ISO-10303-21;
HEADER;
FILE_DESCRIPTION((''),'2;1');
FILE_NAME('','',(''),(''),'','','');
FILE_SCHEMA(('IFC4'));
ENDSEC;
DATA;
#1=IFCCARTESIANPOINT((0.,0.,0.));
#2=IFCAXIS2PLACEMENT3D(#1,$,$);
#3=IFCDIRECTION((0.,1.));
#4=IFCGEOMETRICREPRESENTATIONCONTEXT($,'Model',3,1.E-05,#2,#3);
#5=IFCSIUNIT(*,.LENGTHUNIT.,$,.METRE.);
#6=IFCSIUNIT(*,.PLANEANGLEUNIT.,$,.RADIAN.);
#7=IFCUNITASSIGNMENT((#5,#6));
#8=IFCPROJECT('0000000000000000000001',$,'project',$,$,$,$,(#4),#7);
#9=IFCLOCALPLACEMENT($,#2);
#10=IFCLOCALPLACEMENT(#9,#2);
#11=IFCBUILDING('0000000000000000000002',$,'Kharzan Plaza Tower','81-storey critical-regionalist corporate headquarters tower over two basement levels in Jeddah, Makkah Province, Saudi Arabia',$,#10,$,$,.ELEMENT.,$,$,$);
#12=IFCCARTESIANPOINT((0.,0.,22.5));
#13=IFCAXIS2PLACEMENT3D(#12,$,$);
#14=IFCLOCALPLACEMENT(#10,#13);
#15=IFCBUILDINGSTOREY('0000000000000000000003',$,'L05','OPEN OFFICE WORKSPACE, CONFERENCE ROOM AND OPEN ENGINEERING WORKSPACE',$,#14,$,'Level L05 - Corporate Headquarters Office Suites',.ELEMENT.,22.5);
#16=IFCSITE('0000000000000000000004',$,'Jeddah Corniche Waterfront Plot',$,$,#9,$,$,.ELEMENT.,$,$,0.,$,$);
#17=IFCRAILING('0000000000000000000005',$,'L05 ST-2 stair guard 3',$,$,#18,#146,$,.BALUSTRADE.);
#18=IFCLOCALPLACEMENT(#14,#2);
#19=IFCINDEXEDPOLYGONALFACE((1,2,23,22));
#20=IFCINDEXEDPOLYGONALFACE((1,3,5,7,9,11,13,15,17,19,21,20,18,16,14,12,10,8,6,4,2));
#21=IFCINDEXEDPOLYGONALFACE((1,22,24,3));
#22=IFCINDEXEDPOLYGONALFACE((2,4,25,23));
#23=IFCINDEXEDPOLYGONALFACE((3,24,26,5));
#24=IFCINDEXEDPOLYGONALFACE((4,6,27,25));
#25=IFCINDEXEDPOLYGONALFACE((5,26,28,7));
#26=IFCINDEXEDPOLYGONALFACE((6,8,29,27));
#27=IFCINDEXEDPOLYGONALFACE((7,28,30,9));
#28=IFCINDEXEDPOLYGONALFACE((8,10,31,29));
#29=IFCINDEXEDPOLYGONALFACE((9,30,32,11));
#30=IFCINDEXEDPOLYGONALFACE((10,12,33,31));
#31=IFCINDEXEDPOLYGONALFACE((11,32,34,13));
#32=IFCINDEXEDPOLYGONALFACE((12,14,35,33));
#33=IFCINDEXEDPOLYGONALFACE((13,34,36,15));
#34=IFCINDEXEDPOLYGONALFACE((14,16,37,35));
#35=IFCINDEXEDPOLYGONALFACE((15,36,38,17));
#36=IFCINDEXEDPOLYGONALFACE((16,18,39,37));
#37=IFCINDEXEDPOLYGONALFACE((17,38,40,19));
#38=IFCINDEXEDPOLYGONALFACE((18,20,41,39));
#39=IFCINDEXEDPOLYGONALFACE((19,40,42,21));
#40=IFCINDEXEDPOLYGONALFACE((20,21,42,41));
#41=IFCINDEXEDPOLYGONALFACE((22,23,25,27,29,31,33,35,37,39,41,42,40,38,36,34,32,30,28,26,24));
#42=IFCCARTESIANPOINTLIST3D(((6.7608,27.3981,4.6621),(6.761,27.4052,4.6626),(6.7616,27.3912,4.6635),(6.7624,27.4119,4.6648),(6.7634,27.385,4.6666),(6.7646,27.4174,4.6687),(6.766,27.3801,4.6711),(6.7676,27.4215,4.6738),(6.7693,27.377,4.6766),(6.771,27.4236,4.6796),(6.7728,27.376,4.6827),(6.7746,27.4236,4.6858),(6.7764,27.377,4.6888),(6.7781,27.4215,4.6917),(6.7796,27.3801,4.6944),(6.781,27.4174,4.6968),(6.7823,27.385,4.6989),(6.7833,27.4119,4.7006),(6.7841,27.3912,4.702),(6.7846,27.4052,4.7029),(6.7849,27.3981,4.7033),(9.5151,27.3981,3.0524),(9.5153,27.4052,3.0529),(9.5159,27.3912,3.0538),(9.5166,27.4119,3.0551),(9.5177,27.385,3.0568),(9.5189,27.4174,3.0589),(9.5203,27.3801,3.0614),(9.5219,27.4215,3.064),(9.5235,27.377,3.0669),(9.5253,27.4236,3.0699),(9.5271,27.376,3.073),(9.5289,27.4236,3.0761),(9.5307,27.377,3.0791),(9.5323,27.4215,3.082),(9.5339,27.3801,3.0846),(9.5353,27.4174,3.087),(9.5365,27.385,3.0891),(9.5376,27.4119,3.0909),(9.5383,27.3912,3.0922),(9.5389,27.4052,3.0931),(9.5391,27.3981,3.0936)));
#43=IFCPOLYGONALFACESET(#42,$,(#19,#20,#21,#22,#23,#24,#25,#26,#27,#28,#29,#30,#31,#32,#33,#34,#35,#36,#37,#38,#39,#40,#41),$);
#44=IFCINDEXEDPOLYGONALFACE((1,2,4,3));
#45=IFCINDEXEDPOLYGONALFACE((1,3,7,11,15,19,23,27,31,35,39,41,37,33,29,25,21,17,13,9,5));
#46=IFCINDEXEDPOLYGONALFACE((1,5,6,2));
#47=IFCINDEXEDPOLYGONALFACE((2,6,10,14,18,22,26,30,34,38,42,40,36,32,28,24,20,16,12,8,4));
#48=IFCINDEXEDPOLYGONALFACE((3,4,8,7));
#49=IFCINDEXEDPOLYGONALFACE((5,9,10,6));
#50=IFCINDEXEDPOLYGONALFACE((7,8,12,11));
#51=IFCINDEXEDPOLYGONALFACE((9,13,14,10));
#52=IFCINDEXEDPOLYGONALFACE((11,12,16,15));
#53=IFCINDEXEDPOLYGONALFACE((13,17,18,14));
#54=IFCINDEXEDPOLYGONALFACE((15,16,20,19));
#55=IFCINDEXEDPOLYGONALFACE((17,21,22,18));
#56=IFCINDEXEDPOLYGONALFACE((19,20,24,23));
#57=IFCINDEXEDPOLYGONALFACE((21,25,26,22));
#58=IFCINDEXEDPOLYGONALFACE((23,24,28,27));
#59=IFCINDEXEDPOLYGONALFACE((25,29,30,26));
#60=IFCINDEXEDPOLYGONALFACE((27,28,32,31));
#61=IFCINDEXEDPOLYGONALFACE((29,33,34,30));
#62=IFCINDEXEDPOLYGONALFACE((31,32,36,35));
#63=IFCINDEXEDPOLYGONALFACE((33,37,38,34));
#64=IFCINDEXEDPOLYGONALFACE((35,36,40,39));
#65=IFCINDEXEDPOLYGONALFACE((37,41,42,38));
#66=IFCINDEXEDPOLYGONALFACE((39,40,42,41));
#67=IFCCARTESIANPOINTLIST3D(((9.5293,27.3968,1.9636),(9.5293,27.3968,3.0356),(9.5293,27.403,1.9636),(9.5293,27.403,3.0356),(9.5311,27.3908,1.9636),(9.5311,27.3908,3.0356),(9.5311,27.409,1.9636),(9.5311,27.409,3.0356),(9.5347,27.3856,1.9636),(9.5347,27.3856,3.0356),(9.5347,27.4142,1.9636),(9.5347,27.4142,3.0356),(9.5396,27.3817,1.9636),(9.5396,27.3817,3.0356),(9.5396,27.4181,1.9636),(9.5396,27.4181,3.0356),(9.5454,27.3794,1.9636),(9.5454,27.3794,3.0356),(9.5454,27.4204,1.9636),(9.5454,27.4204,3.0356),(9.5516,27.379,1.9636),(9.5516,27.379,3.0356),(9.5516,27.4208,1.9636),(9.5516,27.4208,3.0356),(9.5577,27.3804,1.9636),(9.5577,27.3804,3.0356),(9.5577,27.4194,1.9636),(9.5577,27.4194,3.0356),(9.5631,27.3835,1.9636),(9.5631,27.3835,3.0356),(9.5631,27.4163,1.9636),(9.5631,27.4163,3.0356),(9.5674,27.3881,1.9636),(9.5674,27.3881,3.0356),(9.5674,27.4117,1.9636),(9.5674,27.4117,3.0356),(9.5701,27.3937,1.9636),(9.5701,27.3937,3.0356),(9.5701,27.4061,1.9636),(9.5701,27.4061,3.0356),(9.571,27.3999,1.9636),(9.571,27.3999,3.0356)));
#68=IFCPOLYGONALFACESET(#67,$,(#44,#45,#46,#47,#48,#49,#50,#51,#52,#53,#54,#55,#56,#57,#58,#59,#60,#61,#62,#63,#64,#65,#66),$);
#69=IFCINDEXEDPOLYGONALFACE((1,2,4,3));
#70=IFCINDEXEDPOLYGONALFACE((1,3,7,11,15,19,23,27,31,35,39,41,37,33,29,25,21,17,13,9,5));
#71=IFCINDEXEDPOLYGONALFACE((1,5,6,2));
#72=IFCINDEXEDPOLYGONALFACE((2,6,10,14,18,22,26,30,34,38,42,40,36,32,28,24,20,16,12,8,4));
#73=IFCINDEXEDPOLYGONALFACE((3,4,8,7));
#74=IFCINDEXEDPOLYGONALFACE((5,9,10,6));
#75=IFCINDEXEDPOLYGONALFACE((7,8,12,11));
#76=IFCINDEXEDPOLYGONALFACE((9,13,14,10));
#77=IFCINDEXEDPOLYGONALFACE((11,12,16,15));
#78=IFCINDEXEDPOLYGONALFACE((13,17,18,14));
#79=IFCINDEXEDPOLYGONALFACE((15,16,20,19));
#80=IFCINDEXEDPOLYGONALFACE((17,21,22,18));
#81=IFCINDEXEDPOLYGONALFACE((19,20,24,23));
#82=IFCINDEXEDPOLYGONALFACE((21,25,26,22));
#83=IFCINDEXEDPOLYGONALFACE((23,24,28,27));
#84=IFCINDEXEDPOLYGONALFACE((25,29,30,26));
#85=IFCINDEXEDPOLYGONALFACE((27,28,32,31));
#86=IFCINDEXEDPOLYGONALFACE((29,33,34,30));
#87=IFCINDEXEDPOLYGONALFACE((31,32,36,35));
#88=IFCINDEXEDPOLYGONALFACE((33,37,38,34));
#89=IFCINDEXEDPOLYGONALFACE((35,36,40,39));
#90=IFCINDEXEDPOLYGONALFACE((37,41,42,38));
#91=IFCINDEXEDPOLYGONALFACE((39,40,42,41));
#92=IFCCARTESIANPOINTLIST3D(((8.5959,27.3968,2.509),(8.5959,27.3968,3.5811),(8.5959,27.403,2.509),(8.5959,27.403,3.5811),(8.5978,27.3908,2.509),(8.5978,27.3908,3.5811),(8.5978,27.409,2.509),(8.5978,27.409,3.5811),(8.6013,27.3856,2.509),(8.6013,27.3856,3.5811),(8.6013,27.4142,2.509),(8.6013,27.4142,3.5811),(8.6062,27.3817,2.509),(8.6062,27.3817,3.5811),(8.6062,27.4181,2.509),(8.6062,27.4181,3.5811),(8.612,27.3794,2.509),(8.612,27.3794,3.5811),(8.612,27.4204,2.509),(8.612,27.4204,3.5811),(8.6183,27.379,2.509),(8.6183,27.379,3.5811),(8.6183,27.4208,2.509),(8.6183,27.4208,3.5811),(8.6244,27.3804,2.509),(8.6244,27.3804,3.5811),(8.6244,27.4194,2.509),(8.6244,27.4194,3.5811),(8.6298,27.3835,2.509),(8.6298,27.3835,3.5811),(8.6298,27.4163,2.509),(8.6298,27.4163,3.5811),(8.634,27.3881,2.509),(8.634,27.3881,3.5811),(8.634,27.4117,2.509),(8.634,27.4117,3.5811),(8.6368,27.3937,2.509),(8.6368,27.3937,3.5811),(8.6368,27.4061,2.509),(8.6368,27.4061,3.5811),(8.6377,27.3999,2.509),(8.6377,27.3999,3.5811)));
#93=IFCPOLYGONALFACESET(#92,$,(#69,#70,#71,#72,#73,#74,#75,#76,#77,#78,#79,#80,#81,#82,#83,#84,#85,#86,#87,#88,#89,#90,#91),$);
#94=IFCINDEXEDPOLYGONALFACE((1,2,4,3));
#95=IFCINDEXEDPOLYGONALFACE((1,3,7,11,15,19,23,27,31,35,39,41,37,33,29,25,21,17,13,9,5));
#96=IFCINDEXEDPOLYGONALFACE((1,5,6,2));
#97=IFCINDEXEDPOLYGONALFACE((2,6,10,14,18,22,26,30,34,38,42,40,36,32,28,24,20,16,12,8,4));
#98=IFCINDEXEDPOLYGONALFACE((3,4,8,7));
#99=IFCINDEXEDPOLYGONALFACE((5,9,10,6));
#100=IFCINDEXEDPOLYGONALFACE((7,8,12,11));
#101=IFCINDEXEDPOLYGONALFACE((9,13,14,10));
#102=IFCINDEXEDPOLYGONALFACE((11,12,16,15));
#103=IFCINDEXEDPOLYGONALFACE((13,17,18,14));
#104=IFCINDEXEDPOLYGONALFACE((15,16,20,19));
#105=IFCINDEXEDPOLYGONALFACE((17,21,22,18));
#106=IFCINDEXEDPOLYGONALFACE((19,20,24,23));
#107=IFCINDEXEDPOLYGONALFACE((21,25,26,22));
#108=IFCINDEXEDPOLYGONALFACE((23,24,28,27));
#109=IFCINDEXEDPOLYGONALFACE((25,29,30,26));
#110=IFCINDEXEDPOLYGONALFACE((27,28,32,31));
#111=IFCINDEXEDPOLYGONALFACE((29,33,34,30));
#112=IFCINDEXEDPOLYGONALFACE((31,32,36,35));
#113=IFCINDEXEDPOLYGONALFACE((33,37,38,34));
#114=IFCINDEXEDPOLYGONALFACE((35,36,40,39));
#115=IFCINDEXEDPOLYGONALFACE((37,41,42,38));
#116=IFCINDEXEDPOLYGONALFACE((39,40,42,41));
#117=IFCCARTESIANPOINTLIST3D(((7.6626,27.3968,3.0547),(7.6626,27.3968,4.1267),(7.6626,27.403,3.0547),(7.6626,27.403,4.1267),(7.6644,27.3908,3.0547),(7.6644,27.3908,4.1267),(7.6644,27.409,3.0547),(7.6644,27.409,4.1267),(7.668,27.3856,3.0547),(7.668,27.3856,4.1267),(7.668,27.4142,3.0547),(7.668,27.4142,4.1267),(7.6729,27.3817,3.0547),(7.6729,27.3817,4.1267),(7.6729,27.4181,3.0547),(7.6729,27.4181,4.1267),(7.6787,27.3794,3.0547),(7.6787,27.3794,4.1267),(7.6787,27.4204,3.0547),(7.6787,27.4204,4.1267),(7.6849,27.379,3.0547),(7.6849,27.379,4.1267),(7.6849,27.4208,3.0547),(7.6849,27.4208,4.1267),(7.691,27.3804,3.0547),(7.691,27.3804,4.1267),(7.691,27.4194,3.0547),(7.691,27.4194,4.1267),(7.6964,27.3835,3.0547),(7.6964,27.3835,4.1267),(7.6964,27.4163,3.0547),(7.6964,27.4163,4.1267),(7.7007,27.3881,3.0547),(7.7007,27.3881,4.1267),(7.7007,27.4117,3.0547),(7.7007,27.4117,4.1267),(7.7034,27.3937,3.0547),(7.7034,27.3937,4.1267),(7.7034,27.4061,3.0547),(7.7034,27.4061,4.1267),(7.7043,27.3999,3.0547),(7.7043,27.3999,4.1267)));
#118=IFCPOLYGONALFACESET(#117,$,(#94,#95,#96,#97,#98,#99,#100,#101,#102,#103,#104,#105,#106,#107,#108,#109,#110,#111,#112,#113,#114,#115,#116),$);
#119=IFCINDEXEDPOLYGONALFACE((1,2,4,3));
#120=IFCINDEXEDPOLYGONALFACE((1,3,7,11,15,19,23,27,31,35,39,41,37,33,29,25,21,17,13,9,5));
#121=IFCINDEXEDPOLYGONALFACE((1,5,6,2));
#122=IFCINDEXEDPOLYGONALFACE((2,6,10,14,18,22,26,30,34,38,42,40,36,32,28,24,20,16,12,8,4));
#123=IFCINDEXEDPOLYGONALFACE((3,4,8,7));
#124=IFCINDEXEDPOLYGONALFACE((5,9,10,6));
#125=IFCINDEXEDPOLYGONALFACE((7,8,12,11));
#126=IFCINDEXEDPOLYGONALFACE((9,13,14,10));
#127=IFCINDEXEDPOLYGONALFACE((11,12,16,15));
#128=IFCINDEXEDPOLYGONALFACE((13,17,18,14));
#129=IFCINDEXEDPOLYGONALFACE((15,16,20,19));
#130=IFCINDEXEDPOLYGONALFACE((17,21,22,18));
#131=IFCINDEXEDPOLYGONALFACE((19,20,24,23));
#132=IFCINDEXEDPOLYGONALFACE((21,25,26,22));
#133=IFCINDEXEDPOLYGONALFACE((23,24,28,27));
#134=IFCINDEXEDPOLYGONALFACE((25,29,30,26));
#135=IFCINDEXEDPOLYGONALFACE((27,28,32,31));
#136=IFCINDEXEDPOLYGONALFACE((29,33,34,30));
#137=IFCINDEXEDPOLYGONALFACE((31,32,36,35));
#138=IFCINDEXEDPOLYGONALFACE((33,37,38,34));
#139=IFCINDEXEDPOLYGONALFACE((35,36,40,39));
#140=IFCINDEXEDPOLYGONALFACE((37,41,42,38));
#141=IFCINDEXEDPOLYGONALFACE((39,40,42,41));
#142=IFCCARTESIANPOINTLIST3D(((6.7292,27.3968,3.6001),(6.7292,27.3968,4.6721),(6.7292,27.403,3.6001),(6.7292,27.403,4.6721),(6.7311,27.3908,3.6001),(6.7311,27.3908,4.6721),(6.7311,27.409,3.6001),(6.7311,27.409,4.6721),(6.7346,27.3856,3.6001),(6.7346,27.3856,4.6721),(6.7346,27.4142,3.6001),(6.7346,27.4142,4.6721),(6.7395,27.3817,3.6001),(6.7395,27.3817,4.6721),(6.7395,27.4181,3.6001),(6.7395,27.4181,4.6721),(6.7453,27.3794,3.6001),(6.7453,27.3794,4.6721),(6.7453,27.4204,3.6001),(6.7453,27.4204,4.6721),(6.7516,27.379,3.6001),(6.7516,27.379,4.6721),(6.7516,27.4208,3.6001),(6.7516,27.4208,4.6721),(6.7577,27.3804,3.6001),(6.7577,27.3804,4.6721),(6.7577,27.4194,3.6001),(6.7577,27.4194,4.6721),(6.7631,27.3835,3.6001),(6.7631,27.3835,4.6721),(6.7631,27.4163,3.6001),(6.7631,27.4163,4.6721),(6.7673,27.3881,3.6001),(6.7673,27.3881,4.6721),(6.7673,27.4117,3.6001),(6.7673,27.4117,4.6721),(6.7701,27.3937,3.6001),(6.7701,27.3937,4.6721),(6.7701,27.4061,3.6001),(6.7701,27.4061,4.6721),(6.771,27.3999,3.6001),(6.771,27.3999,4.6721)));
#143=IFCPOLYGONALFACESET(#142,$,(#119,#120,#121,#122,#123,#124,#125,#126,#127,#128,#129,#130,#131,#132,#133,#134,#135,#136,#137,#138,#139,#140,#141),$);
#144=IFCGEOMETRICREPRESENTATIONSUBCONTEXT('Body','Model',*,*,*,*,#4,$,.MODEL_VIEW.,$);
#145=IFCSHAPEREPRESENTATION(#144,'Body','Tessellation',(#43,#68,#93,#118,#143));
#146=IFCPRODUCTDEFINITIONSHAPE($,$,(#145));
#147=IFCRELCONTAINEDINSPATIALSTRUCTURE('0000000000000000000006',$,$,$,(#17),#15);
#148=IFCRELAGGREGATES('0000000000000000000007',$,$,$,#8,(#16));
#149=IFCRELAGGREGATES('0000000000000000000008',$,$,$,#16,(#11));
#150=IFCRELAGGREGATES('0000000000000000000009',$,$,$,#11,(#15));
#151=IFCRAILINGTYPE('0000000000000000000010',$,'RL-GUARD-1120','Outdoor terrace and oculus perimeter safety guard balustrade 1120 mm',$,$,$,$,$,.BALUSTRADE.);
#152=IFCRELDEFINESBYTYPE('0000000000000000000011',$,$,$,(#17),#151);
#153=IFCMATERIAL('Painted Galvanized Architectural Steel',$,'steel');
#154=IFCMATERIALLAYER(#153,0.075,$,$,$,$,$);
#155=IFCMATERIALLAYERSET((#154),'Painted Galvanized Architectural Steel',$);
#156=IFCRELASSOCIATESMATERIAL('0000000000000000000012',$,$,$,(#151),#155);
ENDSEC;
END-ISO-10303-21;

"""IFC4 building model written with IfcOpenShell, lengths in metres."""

from ifc_helpers import new_model, si_unit, direction, frame, origin, origin_2d, place, context, subcontext, project, spatial, circle, extrude, source, transform, mapped, material, layer, layer_set, type_object, element, save


model = new_model("IFC4")

# Units and contexts
model_context = context("Model", 3, precision=1e-05, world=origin(), true_north=direction((0.0, 1.0)))
body_context = subcontext(model_context, "Body", "Model", "MODEL_VIEW")
ifc_project = project(units=[si_unit("LENGTHUNIT", "METRE"), si_unit("PLANEANGLEUNIT", "RADIAN")], contexts=[model_context])

# Site, building, storey
site_placement = place(None, origin())
site = spatial("IfcSite", under=ifc_project, at=site_placement, Name="Jeddah Corniche Waterfront Plot", CompositionType="ELEMENT", RefElevation=0.0)
building_placement = place(site_placement, origin())
building = spatial("IfcBuilding", under=site, at=building_placement, Name="Kharzan Plaza Tower", Description="81-storey critical-regionalist corporate headquarters tower over two basement levels in Jeddah, Makkah Province, Saudi Arabia", CompositionType="ELEMENT")
storey_placement = place(building_placement, frame((0.0, 0.0, 22.5)))
storey = spatial("IfcBuildingStorey", under=building, at=storey_placement, Name="L05", Description="OPEN OFFICE WORKSPACE, CONFERENCE ROOM AND OPEN ENGINEERING WORKSPACE", LongName="Level L05 - Corporate Headquarters Office Suites", CompositionType="ELEMENT", Elevation=22.5)

# Railing
ifc_material_1 = material(Name="Painted Galvanized Architectural Steel", Category="steel")
ifc_layer_1 = layer(ifc_material_1, 0.075)
ifc_layer_set_1 = layer_set([ifc_layer_1], Name="Painted Galvanized Architectural Steel")
railing_type_1 = type_object("IfcRailingType", Name="RL-GUARD-1120", Description="Outdoor terrace and oculus perimeter safety guard balustrade 1120 mm", PredefinedType="BALUSTRADE", material=ifc_layer_set_1)
shared_shape_1 = source(origin(), body_context, "Body", "SweptSolid", [
    extrude(circle(Radius=0.0239, at=origin_2d()), frame((-0.0229, 0.0, 1.1094), z_axis=(-0.863361, 0.0, 0.504587), x_axis=(0.0, -1.0, 0.0)), (0.0, 0.0, 1.0), 3.1902),
    extrude(circle(Radius=0.021, at=origin_2d()), origin(), (0.0, 0.0, 1.0), 1.072),
    extrude(circle(Radius=0.021, at=origin_2d()), frame((-0.9333, 0.0, 0.5454)), (0.0, 0.0, 1.0), 1.072),
    extrude(circle(Radius=0.021, at=origin_2d()), frame((-1.8667, 0.0, 1.0911)), (0.0, 0.0, 1.0), 1.072),
    extrude(circle(Radius=0.021, at=origin_2d()), frame((-2.8, 0.0, 1.6365)), (0.0, 0.0, 1.0), 1.072),
])
railing_1_placement = place(storey_placement, frame((9.55, 27.3999, 1.9636)))
element("IfcRailing", 1, at=railing_1_placement, inside=storey, type_object=railing_type_1, Name="L05 ST-2 stair guard 3", PredefinedType="BALUSTRADE", context=body_context, shape_type="MappedRepresentation", body=[
    mapped(shared_shape_1, transform((0.0, 0.0, 0.0), x_axis=(1.0, 0.0, 0.0), y_axis=(0.0, 1.0, 0.0), z_axis=(0.0, 0.0, 1.0))),
])

save(model, "model.ifc")
